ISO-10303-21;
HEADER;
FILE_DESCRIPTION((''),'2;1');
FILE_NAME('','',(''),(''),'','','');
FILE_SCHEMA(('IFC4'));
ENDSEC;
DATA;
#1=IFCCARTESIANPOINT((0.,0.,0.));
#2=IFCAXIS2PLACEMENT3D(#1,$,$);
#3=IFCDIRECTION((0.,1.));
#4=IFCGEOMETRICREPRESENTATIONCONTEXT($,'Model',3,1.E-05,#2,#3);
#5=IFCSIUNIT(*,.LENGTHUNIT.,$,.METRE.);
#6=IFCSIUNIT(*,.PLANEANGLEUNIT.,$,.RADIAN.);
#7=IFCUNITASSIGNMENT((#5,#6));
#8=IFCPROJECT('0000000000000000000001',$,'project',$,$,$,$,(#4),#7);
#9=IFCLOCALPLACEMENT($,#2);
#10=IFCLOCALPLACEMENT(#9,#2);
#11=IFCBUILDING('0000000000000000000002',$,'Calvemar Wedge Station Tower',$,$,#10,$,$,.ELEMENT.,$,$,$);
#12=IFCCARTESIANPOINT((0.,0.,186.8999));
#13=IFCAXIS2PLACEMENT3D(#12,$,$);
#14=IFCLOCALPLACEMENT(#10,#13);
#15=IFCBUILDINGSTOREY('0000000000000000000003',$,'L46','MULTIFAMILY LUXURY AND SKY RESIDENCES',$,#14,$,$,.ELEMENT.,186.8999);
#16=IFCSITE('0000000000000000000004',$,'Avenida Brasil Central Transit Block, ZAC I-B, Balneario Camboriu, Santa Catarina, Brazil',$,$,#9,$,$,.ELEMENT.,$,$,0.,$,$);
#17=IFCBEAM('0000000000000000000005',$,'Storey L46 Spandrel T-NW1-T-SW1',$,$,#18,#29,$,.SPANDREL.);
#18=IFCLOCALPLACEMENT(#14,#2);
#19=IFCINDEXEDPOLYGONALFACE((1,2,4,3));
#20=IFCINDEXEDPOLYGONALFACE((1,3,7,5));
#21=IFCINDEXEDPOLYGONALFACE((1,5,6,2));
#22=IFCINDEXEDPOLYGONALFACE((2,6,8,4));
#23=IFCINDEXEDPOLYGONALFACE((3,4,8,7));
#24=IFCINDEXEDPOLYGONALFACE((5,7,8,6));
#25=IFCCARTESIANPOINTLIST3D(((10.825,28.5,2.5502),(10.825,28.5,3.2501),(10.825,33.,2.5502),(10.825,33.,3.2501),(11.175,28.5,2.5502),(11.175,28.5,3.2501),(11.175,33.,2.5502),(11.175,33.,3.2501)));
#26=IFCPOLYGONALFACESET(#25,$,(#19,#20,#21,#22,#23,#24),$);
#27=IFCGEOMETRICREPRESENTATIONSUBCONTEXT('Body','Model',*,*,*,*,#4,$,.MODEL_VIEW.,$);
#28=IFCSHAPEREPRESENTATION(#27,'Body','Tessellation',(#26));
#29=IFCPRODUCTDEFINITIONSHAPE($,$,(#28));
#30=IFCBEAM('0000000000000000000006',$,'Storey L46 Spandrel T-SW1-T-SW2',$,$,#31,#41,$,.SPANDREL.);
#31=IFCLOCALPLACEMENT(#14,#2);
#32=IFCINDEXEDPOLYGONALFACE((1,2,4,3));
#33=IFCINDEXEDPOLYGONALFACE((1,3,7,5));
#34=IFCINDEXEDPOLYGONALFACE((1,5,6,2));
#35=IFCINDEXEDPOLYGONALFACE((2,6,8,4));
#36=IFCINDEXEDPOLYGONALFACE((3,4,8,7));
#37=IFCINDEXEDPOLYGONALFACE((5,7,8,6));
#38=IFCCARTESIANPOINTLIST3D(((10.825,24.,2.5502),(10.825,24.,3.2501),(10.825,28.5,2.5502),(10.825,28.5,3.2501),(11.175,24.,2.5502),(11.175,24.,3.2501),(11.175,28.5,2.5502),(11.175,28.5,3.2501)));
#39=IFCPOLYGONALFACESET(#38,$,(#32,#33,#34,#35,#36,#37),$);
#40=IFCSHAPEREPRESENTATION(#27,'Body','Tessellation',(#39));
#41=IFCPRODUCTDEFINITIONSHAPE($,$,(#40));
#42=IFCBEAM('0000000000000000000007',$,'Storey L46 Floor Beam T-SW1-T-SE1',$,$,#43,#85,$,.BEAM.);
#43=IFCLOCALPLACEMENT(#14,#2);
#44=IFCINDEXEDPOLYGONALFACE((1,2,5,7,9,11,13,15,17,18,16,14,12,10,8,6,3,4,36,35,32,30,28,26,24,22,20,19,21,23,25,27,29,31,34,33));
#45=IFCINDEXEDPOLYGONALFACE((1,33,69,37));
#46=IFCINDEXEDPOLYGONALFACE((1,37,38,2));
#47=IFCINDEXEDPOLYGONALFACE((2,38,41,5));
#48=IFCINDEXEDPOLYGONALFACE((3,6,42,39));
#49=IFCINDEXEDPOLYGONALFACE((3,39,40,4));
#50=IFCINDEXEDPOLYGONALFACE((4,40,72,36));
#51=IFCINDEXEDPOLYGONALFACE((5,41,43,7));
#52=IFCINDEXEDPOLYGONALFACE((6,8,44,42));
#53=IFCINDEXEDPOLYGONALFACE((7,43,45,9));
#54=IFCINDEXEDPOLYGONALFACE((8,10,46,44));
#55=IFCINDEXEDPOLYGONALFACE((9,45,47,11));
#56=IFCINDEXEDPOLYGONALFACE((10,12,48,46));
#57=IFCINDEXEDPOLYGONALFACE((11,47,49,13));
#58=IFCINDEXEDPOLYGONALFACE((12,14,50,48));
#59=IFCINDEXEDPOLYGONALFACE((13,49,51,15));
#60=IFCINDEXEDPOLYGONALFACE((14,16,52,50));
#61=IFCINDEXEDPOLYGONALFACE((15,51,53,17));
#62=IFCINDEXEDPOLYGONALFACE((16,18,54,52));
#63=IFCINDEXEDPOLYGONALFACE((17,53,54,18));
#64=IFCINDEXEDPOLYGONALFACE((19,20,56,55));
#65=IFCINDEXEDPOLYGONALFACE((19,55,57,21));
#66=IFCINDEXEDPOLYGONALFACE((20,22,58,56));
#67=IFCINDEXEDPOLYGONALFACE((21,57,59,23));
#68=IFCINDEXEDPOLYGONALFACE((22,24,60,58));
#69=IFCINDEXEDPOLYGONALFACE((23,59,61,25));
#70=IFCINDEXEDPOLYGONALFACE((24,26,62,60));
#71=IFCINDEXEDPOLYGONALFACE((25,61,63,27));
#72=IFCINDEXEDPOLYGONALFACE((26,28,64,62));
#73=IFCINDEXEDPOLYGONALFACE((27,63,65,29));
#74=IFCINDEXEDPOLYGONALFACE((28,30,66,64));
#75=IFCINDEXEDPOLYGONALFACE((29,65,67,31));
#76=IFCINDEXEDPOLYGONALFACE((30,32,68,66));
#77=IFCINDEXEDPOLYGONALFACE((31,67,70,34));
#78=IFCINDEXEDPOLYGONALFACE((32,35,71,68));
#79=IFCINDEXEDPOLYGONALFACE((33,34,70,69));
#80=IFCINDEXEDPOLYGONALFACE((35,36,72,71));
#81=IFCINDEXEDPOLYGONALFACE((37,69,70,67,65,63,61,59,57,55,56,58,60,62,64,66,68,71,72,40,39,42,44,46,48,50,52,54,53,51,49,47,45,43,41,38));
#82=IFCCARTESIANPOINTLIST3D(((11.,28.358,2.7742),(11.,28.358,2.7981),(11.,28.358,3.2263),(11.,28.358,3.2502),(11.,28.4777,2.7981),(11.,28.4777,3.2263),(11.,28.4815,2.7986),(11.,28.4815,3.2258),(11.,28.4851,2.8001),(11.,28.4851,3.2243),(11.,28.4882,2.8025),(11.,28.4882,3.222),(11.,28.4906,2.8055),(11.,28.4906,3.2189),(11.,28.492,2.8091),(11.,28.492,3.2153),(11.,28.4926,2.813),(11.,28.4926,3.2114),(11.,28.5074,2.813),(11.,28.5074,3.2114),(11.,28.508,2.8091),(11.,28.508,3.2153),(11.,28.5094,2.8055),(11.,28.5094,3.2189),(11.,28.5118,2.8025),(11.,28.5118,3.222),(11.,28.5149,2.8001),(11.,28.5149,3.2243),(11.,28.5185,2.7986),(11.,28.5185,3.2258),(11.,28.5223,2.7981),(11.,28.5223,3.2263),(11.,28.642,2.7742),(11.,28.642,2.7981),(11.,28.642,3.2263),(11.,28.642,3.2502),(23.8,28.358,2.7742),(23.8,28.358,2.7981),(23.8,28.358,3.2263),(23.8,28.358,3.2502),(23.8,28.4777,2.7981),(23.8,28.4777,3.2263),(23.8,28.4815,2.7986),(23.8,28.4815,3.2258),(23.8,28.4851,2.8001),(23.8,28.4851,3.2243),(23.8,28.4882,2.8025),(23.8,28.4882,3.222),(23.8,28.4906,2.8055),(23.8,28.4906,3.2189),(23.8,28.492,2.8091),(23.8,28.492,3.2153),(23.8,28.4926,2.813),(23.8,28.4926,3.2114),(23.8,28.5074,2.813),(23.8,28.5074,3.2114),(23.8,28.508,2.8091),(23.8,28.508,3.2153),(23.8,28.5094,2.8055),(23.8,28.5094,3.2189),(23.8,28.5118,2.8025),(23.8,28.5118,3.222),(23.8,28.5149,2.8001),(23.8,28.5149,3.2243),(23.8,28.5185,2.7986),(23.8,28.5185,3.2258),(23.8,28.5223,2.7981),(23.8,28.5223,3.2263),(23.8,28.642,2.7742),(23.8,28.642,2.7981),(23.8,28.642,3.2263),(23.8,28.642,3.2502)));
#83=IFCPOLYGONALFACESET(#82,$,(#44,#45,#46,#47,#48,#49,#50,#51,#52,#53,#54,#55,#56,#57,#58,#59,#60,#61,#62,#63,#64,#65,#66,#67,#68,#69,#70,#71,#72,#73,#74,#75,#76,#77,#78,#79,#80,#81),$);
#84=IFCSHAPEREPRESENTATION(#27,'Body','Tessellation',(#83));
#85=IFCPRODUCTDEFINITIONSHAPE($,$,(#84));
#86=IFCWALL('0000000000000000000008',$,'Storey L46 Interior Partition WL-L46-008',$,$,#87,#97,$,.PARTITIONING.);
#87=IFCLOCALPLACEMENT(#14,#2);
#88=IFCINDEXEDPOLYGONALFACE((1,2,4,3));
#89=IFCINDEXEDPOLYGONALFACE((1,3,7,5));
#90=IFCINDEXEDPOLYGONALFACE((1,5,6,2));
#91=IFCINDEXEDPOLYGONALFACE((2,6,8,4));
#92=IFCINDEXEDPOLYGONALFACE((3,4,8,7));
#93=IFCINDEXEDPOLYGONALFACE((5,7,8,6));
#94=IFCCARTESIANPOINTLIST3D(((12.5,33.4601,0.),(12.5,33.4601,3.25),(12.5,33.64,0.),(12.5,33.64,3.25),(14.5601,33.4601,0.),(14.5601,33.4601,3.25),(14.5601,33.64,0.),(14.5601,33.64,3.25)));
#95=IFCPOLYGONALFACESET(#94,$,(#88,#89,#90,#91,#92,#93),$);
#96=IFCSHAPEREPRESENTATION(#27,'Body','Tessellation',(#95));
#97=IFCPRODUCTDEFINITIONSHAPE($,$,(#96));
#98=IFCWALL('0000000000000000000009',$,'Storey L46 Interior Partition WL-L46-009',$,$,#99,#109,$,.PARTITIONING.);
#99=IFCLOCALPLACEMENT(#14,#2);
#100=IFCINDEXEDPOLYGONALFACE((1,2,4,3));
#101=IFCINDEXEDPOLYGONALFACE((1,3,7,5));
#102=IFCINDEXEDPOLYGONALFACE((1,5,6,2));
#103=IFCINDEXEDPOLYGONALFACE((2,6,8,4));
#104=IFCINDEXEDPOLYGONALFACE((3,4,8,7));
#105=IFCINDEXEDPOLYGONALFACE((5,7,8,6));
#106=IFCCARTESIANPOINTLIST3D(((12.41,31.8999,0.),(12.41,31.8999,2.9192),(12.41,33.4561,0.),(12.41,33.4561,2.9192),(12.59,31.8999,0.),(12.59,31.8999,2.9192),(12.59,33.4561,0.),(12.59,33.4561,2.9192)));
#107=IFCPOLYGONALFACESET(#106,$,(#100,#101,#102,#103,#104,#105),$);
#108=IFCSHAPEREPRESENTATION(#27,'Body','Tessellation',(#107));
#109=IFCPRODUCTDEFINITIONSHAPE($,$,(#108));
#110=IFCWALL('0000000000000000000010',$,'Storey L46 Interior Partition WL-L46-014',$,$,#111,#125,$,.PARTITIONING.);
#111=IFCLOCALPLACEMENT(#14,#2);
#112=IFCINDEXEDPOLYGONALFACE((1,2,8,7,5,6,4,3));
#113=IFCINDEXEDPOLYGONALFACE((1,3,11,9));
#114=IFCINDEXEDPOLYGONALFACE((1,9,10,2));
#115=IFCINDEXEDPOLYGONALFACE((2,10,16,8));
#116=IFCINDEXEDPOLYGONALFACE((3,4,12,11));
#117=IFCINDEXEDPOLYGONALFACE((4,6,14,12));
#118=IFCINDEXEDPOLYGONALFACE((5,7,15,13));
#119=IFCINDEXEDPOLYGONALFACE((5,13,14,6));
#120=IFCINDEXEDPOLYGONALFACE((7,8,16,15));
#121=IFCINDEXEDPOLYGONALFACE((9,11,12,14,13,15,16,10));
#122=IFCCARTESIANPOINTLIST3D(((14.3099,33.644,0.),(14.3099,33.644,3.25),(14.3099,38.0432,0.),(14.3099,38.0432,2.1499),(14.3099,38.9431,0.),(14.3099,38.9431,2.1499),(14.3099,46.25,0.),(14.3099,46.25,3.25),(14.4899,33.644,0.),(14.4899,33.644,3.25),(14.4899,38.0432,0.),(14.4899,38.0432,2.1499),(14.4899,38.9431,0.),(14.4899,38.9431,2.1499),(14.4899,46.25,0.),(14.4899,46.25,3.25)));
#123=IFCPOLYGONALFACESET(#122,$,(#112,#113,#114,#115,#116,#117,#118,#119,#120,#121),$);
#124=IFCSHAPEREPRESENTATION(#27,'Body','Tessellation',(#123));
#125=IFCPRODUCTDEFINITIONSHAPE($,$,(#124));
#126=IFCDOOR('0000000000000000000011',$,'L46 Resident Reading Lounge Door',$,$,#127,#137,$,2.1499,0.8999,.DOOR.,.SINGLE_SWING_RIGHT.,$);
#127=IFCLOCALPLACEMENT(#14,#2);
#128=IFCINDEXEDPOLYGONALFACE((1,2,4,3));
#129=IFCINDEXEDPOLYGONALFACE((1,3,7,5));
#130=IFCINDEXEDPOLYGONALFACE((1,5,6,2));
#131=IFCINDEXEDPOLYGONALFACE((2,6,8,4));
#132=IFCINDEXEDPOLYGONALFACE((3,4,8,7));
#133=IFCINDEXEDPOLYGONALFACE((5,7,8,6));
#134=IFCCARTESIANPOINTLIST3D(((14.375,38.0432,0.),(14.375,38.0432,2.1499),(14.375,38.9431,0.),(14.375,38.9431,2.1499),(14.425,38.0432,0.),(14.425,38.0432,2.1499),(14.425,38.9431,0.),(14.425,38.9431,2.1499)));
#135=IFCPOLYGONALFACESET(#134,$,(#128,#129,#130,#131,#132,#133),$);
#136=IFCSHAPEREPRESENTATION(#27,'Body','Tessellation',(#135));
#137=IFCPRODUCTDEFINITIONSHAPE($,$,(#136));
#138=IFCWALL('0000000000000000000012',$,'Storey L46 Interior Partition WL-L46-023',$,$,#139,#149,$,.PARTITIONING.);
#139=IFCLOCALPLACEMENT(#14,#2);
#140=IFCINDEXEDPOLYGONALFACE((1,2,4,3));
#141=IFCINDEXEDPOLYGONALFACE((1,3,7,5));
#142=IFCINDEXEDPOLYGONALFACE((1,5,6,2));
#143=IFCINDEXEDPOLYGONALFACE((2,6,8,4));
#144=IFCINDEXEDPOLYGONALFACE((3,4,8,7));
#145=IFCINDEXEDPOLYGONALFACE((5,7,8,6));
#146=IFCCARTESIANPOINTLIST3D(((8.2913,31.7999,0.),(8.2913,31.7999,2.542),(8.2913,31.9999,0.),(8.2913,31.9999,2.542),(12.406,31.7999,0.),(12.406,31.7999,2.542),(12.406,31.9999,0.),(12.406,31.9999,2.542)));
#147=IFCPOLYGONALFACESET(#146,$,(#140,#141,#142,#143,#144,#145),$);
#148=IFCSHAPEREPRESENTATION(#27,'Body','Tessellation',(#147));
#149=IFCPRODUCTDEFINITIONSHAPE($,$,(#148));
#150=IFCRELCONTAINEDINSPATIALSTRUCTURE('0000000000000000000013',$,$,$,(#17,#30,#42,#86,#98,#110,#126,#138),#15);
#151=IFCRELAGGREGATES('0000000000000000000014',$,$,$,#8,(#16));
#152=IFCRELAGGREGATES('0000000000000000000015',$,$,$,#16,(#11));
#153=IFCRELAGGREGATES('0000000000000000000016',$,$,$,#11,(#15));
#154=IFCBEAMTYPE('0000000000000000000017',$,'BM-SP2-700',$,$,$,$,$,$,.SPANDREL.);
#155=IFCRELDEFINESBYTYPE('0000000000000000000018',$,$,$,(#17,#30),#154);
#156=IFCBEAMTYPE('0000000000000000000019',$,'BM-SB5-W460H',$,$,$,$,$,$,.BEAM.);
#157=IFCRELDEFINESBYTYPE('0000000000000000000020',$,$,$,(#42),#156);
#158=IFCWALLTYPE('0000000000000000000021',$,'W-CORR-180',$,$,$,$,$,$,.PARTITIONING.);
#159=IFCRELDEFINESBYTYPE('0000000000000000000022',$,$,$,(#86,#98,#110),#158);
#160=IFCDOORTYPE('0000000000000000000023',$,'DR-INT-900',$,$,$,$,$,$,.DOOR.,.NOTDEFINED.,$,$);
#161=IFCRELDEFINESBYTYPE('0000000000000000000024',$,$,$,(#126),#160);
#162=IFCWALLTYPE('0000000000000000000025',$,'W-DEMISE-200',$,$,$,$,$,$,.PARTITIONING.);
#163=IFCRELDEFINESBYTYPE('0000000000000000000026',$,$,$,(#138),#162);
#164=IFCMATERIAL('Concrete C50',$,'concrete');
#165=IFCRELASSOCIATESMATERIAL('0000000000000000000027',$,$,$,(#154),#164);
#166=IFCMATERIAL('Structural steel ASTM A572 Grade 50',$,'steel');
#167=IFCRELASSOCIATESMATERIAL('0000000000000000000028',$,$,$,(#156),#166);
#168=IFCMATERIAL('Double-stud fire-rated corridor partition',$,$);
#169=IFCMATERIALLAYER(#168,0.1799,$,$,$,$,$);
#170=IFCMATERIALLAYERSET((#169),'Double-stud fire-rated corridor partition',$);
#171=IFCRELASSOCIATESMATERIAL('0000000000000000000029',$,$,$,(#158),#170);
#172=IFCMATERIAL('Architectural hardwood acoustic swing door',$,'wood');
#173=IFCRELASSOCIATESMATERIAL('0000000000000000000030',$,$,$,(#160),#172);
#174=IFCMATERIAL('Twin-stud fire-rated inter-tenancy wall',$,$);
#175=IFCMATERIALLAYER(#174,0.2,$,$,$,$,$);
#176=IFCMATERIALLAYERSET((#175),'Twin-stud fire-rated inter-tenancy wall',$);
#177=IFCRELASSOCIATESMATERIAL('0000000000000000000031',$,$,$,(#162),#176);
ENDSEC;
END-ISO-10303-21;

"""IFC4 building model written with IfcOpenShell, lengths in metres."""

from ifc_helpers import new_model, si_unit, direction, frame, frame_2d, origin, origin_2d, place, context, subcontext, project, spatial, rectangle, i_section, extrude, source, transform, mapped, material, layer, layer_set, material_profile, profile_set, type_object, element, fill, save


model = new_model("IFC4")

# Units and contexts
model_context = context("Model", 3, precision=1e-05, world=origin(), true_north=direction((0.0, 1.0)))
body_context = subcontext(model_context, "Body", "Model", "MODEL_VIEW")
ifc_project = project(units=[si_unit("LENGTHUNIT", "METRE"), si_unit("PLANEANGLEUNIT", "RADIAN")], contexts=[model_context])

# Site, building, storey
site_placement = place(None, origin())
site = spatial("IfcSite", under=ifc_project, at=site_placement, Name="Avenida Brasil Central Transit Block, ZAC I-B, Balneario Camboriu, Santa Catarina, Brazil", CompositionType="ELEMENT", RefElevation=0.0)
building_placement = place(site_placement, origin())
building = spatial("IfcBuilding", under=site, at=building_placement, Name="Calvemar Wedge Station Tower", CompositionType="ELEMENT")
storey_placement = place(building_placement, frame((0.0, 0.0, 186.8999)))
storey = spatial("IfcBuildingStorey", under=building, at=storey_placement, Name="L46", Description="MULTIFAMILY LUXURY AND SKY RESIDENCES", CompositionType="ELEMENT", Elevation=186.8999)

# Shared definitions
ifc_material_1 = material(Name="Concrete C50", Category="concrete")

# Beams
ifc_material_2 = material(Name="Structural steel ASTM A572 Grade 50", Category="steel")
ifc_material_profile_1 = material_profile(ifc_material_1, rectangle(XDim=0.3501, YDim=0.7, at=origin_2d()), Name="RC350x700")
ifc_profile_set_1 = profile_set([ifc_material_profile_1], Name="Concrete C50")
beam_type_1 = type_object("IfcBeamType", Name="BM-SP2-700", PredefinedType="SPANDREL", material=ifc_profile_set_1)
shared_shape_1 = source(origin(), body_context, "Body", "SweptSolid", [
    extrude(rectangle(XDim=0.3501, YDim=0.7, at=origin_2d()), origin(), (0.0, 0.0, 1.0), 4.5),
])
for number, where, z_axis, x_axis, name in (
    (1, (11.0, 33.0, 2.9001), (0.0, -1.0, 0.0), (1.0, 0.0, 0.0), "Storey L46 Spandrel T-NW1-T-SW1"),
    (2, (11.0, 28.5, 2.9001), (0.0, -1.0, 0.0), (1.0, 0.0, 0.0), "Storey L46 Spandrel T-SW1-T-SW2"),
):
    element("IfcBeam", number, at=place(storey_placement, frame(where, z_axis=z_axis, x_axis=x_axis)), inside=storey, type_object=beam_type_1, Name=name, PredefinedType="SPANDREL", context=body_context, shape_type="MappedRepresentation", body=[
        mapped(shared_shape_1, transform((0.0, 0.0, 0.0), scale=1.0)),
    ])
ifc_material_profile_2 = material_profile(ifc_material_2, i_section(OverallWidth=0.2839, OverallDepth=0.4761, WebThickness=0.0149, FlangeThickness=0.0239, FilletRadius=0.0149, at=origin_2d()), Name="W460x158")
ifc_profile_set_2 = profile_set([ifc_material_profile_2], Name="Structural steel ASTM A572 Grade 50")
beam_type_2 = type_object("IfcBeamType", Name="BM-SB5-W460H", PredefinedType="BEAM", material=ifc_profile_set_2)
shared_shape_2 = source(origin(), body_context, "Body", "SweptSolid", [
    extrude(i_section(OverallWidth=0.2839, OverallDepth=0.4761, WebThickness=0.0149, FlangeThickness=0.0239, FilletRadius=0.0149, at=origin_2d()), origin(), (0.0, 0.0, 1.0), 12.8),
])
beam_1_placement = place(storey_placement, frame((11.0, 28.5, 3.0122), z_axis=(1.0, 0.0, 0.0), x_axis=(0.0, 1.0, 0.0)))
element("IfcBeam", 3, at=beam_1_placement, inside=storey, type_object=beam_type_2, Name="Storey L46 Floor Beam T-SW1-T-SE1", PredefinedType="BEAM", context=body_context, shape_type="MappedRepresentation", body=[
    mapped(shared_shape_2, transform((0.0, 0.0, 0.0), scale=1.0)),
])

# Walls
ifc_material_3 = material(Name="Double-stud fire-rated corridor partition")
ifc_layer_1 = layer(ifc_material_3, 0.1799)
ifc_layer_set_1 = layer_set([ifc_layer_1], Name="Double-stud fire-rated corridor partition")
wall_type_1 = type_object("IfcWallType", Name="W-CORR-180", PredefinedType="PARTITIONING", material=ifc_layer_set_1)
wall_1_placement = place(storey_placement, frame((12.5, 33.55, 0.0), z_axis=(0.0, 0.0, 1.0), x_axis=(1.0, 0.0, 0.0)))
element("IfcWall", 4, at=wall_1_placement, inside=storey, type_object=wall_type_1, Name="Storey L46 Interior Partition WL-L46-008", PredefinedType="PARTITIONING", context=body_context, shape_type="SweptSolid", body=[
    extrude(rectangle(XDim=2.0601, YDim=0.1799, at=frame_2d((1.03, 0.0))), origin(), (0.0, 0.0, 1.0), 3.25),
])
wall_2_placement = place(storey_placement, frame((12.5, 31.8999, 0.0), z_axis=(0.0, 0.0, 1.0), x_axis=(0.0, 1.0, 0.0)))
element("IfcWall", 5, at=wall_2_placement, inside=storey, type_object=wall_type_1, Name="Storey L46 Interior Partition WL-L46-009", PredefinedType="PARTITIONING", context=body_context, shape_type="SweptSolid", body=[
    extrude(rectangle(XDim=1.5562, YDim=0.1799, at=frame_2d((0.7781, 0.0))), origin(), (0.0, 0.0, 1.0), 2.9192),
])

# Wall, opening, door
wall_3_placement = place(storey_placement, frame((14.3999, 33.644, 0.0), z_axis=(0.0, 0.0, 1.0), x_axis=(0.0, 1.0, 0.0)))
wall_3 = element("IfcWall", 6, at=wall_3_placement, inside=storey, type_object=wall_type_1, Name="Storey L46 Interior Partition WL-L46-014", PredefinedType="PARTITIONING", context=body_context, shape_type="SweptSolid", body=[
    extrude(rectangle(XDim=12.606, YDim=0.1799, at=frame_2d((6.303, 0.0))), origin(), (0.0, 0.0, 1.0), 3.25),
])
shared_shape_3 = source(origin(), body_context, "Body", "SweptSolid", [
    extrude(rectangle(XDim=0.8999, YDim=2.1499, at=frame_2d((0.45, 1.075))), frame((0.0, 0.1001, 0.0), z_axis=(0.0, -1.0, 0.0), x_axis=(1.0, 0.0, 0.0)), (0.0, 0.0, 1.0), 0.2),
])
opening_1_placement = place(wall_3_placement, frame((4.3992, 0.0, 0.0)))
opening_1 = element("IfcOpeningElement", 7, at=opening_1_placement, cuts=wall_3, PredefinedType="OPENING", context=body_context, shape_type="MappedRepresentation", body=[
    mapped(shared_shape_3, transform((0.0, 0.0, 0.0), scale=1.0)),
])
ifc_material_4 = material(Name="Architectural hardwood acoustic swing door", Category="wood")
door_type = type_object("IfcDoorType", Name="DR-INT-900", OperationType="NOTDEFINED", PredefinedType="DOOR", material=ifc_material_4)
shared_shape_4 = source(origin(), body_context, "Body", "SweptSolid", [
    extrude(rectangle(XDim=0.8999, YDim=2.1499, at=frame_2d((0.45, 1.075))), frame((0.0, 0.0249, 0.0), z_axis=(0.0, -1.0, 0.0), x_axis=(1.0, 0.0, 0.0)), (0.0, 0.0, 1.0), 0.05),
])
door_placement = place(opening_1_placement, origin())
door = element("IfcDoor", 8, at=door_placement, inside=storey, type_object=door_type, Name="L46 Resident Reading Lounge Door", OperationType="SINGLE_SWING_RIGHT", OverallHeight=2.1499, OverallWidth=0.8999, PredefinedType="DOOR", context=body_context, shape_type="MappedRepresentation", body=[
    mapped(shared_shape_4, transform((0.0, 0.0, 0.0), scale=1.0)),
])
fill(opening_1, door)

# Wall
ifc_material_5 = material(Name="Twin-stud fire-rated inter-tenancy wall")
ifc_layer_2 = layer(ifc_material_5, 0.2)
ifc_layer_set_2 = layer_set([ifc_layer_2], Name="Twin-stud fire-rated inter-tenancy wall")
wall_type_2 = type_object("IfcWallType", Name="W-DEMISE-200", PredefinedType="PARTITIONING", material=ifc_layer_set_2)
wall_4_placement = place(storey_placement, frame((12.406, 31.8999, 0.0), z_axis=(0.0, 0.0, 1.0), x_axis=(-1.0, 0.0, 0.0)))
element("IfcWall", 9, at=wall_4_placement, inside=storey, type_object=wall_type_2, Name="Storey L46 Interior Partition WL-L46-023", PredefinedType="PARTITIONING", context=body_context, shape_type="SweptSolid", body=[
    extrude(rectangle(XDim=4.1147, YDim=0.2, at=frame_2d((2.0574, 0.0))), origin(), (0.0, 0.0, 1.0), 2.542),
])

save(model, "model.ifc")
